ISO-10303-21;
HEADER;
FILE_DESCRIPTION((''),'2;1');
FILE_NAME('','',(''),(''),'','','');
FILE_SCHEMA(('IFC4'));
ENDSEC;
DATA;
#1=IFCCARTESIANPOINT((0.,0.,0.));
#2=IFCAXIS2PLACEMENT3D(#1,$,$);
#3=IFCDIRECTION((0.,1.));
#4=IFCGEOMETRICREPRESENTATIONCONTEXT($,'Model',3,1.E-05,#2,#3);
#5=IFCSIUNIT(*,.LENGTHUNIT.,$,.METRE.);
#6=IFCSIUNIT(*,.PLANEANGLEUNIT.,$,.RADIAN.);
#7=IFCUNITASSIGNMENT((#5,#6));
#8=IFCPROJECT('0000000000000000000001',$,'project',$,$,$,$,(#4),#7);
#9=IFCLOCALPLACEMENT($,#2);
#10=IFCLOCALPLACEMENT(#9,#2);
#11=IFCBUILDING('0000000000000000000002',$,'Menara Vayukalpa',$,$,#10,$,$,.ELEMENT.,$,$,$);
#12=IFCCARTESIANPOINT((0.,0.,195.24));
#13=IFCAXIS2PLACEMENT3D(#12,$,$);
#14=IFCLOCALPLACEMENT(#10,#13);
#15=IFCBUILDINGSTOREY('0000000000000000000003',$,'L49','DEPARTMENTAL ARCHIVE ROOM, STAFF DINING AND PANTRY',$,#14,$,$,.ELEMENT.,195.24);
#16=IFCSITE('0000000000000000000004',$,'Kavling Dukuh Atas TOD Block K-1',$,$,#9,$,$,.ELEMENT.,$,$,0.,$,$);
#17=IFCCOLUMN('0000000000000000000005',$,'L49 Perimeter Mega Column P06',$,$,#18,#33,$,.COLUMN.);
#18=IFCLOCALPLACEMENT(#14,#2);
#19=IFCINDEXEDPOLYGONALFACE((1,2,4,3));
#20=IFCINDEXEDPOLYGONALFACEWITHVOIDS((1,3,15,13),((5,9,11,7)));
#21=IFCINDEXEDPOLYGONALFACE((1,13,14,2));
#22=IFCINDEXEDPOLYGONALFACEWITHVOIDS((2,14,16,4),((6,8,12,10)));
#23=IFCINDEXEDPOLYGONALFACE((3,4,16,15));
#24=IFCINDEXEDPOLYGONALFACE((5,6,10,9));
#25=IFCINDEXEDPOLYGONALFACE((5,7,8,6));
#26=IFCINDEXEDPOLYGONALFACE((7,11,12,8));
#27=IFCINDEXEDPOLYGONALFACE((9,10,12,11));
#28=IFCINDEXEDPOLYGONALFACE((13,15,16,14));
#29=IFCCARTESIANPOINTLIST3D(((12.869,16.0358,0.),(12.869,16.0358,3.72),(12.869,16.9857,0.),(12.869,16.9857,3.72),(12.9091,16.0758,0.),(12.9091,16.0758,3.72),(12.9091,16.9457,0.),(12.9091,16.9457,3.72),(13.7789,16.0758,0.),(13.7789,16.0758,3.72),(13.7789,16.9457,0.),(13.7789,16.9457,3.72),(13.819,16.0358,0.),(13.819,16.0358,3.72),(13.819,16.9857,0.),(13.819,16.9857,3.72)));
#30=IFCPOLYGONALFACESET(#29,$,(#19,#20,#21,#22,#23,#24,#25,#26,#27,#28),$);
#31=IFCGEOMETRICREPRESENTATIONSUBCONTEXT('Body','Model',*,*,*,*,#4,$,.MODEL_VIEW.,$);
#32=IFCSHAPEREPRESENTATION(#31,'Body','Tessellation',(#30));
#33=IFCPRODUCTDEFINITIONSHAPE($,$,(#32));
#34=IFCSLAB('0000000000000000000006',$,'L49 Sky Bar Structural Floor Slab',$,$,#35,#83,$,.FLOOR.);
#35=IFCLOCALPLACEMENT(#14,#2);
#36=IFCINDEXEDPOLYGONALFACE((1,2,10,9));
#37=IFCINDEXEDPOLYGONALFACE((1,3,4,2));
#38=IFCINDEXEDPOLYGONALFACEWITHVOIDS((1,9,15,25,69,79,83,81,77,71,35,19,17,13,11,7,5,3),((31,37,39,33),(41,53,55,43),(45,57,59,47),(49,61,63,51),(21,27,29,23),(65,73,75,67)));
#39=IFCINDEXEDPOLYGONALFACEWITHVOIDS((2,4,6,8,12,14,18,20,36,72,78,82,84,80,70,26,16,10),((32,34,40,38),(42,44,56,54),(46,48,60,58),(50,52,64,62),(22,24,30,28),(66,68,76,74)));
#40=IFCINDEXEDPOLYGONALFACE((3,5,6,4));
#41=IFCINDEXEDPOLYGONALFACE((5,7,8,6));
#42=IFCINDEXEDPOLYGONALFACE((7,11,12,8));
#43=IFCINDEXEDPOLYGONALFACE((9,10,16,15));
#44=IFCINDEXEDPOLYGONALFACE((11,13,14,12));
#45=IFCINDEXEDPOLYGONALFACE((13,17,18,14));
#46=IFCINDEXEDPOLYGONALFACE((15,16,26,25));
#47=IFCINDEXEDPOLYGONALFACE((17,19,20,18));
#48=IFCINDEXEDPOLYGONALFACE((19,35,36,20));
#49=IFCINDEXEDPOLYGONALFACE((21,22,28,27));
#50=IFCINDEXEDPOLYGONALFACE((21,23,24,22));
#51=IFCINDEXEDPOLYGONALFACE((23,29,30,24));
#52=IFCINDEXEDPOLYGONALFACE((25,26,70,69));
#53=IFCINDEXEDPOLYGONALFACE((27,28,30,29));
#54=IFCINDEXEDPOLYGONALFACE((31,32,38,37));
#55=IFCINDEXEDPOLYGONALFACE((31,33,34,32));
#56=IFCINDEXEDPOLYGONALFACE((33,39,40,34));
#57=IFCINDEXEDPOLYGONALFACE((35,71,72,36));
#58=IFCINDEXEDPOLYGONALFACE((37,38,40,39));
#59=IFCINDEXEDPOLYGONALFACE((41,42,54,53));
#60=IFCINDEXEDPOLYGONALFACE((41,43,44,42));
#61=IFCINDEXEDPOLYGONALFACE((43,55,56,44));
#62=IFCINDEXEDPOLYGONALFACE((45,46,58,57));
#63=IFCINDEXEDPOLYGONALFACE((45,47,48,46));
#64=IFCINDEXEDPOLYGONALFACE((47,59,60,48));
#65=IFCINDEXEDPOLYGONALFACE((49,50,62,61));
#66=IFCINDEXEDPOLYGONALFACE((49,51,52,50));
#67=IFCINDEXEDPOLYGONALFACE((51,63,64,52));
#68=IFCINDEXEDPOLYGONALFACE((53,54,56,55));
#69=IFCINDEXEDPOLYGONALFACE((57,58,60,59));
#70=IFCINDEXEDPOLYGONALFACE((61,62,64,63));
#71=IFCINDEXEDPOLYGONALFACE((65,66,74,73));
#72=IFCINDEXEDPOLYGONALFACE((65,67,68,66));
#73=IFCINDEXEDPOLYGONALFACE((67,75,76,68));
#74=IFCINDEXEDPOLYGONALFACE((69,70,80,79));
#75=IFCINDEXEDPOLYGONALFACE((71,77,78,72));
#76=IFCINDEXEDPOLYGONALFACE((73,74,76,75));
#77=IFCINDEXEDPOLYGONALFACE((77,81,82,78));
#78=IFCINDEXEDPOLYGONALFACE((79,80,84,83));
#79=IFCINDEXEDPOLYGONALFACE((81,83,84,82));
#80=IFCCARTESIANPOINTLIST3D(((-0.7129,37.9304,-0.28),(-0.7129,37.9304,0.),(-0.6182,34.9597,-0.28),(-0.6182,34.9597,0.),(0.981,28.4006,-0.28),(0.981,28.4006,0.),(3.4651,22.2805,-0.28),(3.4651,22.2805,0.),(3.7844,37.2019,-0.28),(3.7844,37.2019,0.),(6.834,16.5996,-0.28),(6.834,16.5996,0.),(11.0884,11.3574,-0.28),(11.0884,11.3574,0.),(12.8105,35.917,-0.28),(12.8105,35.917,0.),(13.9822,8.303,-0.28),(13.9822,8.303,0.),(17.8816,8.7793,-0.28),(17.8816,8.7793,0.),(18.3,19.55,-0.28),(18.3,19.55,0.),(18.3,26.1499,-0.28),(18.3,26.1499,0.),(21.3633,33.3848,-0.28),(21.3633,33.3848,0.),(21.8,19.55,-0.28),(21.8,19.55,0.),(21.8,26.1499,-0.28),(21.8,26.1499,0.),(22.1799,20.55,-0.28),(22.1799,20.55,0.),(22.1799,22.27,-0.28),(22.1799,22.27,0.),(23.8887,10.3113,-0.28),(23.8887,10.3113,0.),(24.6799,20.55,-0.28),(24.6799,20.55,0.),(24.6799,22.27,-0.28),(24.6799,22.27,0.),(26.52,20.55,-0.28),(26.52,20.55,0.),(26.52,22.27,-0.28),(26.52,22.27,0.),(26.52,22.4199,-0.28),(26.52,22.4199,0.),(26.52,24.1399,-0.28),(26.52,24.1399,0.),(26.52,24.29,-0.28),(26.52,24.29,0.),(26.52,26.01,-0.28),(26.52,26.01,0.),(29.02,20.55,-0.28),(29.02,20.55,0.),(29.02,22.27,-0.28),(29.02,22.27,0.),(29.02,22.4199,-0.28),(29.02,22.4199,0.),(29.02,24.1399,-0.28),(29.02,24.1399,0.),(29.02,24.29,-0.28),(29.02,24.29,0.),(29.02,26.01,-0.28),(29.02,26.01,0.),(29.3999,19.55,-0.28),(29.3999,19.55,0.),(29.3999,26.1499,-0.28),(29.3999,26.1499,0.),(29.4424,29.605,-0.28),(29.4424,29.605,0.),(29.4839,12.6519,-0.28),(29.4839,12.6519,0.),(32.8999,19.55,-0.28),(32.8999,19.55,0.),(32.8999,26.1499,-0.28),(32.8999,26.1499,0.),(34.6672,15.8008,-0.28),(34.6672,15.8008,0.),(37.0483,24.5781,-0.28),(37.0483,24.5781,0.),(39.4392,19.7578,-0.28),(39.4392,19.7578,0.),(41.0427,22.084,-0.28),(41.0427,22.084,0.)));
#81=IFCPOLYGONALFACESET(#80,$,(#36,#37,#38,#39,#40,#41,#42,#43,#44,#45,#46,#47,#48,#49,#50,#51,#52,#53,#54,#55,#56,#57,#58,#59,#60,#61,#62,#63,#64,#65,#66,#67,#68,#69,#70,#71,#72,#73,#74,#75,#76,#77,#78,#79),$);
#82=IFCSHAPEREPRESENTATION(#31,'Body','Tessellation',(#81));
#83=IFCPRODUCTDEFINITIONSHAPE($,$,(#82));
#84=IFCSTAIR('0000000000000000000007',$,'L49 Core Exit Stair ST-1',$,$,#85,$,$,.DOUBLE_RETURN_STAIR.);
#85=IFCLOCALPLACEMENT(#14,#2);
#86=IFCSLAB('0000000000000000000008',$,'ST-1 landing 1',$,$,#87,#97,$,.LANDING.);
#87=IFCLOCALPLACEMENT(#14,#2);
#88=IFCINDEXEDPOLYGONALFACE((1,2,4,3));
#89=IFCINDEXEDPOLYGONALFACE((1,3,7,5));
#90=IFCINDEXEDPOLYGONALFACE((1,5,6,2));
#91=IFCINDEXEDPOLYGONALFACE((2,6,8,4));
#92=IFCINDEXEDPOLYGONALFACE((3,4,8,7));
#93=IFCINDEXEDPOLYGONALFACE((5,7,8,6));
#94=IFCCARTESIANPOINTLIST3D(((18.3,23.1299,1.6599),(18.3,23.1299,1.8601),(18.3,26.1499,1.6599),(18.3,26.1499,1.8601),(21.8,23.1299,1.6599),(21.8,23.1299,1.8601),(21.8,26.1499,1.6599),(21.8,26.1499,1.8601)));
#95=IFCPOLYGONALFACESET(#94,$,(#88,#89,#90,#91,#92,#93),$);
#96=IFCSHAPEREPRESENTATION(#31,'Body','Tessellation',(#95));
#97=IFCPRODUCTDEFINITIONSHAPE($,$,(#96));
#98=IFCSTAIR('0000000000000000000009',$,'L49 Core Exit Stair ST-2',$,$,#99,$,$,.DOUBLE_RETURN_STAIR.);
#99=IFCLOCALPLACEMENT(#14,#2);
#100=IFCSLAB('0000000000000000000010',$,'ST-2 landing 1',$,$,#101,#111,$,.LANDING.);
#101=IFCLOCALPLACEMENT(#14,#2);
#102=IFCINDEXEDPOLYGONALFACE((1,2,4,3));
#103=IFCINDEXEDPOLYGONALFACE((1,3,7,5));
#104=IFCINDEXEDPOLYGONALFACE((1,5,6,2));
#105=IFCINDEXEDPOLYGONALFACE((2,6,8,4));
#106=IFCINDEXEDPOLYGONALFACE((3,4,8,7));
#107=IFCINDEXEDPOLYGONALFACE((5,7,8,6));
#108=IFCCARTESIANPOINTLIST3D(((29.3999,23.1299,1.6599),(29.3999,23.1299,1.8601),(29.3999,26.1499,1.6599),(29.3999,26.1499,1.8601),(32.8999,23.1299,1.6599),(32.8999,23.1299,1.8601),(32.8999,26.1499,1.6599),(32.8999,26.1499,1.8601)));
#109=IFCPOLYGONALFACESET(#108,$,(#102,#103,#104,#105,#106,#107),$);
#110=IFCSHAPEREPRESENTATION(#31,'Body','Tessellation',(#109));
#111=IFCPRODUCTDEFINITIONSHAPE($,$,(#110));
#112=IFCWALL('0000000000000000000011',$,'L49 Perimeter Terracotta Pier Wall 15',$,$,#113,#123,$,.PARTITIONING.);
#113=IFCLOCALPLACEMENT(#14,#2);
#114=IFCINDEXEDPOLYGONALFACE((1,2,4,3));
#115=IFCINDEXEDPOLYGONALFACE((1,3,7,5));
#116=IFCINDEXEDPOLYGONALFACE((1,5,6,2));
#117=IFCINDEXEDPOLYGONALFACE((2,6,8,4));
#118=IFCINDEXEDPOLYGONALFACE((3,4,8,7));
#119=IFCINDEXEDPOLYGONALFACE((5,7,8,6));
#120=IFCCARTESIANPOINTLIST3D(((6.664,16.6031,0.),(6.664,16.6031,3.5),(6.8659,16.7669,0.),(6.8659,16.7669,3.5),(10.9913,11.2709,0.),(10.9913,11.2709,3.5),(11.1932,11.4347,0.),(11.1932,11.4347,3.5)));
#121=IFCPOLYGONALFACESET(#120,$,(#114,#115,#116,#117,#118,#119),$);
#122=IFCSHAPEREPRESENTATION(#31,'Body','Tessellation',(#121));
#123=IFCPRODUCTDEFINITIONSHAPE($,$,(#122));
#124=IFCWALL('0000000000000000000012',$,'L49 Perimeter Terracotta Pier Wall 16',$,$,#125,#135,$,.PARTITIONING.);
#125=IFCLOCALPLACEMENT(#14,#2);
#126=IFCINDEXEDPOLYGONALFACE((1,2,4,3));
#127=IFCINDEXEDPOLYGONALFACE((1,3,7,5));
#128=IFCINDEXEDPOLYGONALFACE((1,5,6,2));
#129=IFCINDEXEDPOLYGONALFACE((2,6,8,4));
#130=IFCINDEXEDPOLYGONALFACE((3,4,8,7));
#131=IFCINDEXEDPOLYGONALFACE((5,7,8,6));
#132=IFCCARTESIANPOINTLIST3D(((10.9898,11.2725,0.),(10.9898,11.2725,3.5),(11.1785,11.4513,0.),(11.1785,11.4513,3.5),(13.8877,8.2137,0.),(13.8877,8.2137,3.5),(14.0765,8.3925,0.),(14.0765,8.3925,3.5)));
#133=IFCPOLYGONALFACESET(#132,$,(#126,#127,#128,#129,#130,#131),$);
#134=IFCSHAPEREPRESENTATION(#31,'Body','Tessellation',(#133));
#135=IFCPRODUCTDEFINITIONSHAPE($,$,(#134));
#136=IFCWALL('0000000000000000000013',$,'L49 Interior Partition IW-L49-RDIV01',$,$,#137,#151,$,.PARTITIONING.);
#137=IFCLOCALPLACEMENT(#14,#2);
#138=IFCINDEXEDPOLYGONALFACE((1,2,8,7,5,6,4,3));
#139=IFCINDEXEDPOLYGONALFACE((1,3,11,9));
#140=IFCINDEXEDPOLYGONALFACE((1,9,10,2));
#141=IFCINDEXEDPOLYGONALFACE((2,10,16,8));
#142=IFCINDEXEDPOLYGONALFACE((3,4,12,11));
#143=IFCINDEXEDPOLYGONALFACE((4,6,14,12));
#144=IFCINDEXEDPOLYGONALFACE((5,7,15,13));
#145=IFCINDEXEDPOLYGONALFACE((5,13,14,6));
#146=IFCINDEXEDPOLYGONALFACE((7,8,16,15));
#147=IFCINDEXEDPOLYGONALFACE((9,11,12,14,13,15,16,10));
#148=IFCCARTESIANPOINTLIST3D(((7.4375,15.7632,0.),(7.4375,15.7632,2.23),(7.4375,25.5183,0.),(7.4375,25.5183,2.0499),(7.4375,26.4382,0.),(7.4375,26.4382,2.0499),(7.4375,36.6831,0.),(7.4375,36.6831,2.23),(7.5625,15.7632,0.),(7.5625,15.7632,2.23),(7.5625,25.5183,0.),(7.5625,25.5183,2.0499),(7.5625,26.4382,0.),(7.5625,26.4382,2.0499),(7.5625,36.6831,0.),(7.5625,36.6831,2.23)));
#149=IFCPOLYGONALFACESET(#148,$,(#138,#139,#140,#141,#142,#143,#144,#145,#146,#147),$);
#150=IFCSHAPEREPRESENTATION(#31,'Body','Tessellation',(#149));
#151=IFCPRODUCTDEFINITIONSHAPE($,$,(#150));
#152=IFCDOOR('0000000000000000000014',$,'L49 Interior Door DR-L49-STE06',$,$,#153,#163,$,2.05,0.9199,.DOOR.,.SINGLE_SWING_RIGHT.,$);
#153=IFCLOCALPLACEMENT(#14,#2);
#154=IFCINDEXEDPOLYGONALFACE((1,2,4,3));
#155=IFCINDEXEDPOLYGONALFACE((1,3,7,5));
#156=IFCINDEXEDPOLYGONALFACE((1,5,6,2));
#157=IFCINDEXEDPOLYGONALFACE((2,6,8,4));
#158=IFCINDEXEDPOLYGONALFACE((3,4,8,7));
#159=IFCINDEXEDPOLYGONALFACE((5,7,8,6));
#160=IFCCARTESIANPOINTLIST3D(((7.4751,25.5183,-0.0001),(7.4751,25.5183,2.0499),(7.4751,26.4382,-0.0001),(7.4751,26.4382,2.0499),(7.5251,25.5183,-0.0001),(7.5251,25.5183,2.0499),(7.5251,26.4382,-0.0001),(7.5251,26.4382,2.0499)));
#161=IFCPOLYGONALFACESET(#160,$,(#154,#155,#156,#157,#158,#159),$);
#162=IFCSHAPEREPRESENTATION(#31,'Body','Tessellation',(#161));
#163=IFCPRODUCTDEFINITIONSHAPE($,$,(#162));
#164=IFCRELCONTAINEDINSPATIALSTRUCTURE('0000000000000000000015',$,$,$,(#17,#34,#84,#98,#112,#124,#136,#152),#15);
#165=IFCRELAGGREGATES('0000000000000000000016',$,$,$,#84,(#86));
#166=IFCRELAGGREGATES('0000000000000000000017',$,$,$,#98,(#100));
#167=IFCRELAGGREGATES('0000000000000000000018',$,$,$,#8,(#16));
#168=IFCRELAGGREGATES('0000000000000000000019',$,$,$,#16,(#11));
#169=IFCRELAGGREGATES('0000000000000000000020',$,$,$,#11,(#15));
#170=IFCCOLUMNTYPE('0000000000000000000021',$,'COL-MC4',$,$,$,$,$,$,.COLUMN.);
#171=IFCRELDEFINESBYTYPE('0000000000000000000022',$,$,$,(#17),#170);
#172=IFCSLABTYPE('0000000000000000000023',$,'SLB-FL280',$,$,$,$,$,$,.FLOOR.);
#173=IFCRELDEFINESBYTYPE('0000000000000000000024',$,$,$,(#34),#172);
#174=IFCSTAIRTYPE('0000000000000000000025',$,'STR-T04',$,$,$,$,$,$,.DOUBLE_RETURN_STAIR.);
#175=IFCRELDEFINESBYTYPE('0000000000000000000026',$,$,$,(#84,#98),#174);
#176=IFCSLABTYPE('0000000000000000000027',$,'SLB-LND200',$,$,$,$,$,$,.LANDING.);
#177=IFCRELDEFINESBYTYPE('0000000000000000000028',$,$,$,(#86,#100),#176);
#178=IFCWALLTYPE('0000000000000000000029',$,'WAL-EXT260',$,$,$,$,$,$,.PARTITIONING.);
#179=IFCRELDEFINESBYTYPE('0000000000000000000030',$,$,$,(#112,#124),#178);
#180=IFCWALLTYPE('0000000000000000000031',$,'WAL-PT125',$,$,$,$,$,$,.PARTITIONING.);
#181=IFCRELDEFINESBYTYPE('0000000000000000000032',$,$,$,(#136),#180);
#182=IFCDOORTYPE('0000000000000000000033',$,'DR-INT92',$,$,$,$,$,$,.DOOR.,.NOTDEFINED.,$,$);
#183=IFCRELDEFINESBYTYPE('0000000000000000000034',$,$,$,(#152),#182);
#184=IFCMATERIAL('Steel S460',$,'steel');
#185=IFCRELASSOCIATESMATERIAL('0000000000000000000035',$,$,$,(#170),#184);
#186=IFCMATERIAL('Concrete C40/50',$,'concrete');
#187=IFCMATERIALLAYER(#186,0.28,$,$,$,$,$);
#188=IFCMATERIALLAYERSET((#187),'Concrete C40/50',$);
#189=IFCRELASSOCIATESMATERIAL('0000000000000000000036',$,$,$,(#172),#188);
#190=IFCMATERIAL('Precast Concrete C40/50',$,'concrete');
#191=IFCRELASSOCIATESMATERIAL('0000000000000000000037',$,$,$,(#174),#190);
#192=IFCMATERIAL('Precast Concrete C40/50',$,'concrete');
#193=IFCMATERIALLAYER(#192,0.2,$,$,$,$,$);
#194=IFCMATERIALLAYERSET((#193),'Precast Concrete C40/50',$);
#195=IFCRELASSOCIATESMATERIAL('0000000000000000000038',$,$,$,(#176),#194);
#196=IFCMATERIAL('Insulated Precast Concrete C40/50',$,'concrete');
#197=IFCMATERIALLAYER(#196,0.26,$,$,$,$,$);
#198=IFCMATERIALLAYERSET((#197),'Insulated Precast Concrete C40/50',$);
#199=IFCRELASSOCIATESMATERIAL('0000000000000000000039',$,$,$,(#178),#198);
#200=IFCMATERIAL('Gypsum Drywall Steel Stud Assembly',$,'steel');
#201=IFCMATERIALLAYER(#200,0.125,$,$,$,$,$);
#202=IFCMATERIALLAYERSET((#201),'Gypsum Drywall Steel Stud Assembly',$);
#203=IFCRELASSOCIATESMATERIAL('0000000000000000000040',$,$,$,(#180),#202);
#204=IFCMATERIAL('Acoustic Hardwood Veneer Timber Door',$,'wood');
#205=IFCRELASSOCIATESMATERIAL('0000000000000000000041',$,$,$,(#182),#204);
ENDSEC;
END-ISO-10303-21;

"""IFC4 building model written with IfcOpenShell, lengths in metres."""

from ifc_helpers import new_model, si_unit, direction, frame, frame_2d, origin, origin_2d, place, context, subcontext, project, spatial, polyline, rectangle, hollow_rectangle, outline, extrude, material, layer, layer_set, material_profile, profile_set, type_object, element, fill, aggregate, save


model = new_model("IFC4")

# Units and contexts
model_context = context("Model", 3, precision=1e-05, world=origin(), true_north=direction((0.0, 1.0)))
body_context = subcontext(model_context, "Body", "Model", "MODEL_VIEW")
ifc_project = project(units=[si_unit("LENGTHUNIT", "METRE"), si_unit("PLANEANGLEUNIT", "RADIAN")], contexts=[model_context])

# Site, building, storey
site_placement = place(None, origin())
site = spatial("IfcSite", under=ifc_project, at=site_placement, Name="Kavling Dukuh Atas TOD Block K-1", CompositionType="ELEMENT", RefElevation=0.0)
building_placement = place(site_placement, origin())
building = spatial("IfcBuilding", under=site, at=building_placement, Name="Menara Vayukalpa", CompositionType="ELEMENT")
storey_placement = place(building_placement, frame((0.0, 0.0, 195.24)))
storey = spatial("IfcBuildingStorey", under=building, at=storey_placement, Name="L49", Description="DEPARTMENTAL ARCHIVE ROOM, STAFF DINING AND PANTRY", CompositionType="ELEMENT", Elevation=195.24)

# Column
ifc_material_1 = material(Name="Steel S460", Category="steel")
ifc_material_profile = material_profile(ifc_material_1, hollow_rectangle(XDim=0.95, YDim=0.95, WallThickness=0.04, at=origin_2d()), Name="BOX 950x950x40")
ifc_profile_set = profile_set([ifc_material_profile], Name="Steel S460")
column_type = type_object("IfcColumnType", Name="COL-MC4", PredefinedType="COLUMN", material=ifc_profile_set)
column_placement = place(storey_placement, frame((13.344, 16.5107, 0.0), z_axis=(0.0, 0.0, 1.0), x_axis=(1.0, 0.0, 0.0)))
element("IfcColumn", 1, at=column_placement, inside=storey, type_object=column_type, Name="L49 Perimeter Mega Column P06", PredefinedType="COLUMN", context=body_context, shape_type="SweptSolid", body=[
    extrude(hollow_rectangle(XDim=0.95, YDim=0.95, WallThickness=0.04, at=origin_2d()), origin(), (0.0, 0.0, 1.0), 3.72),
])

# Slab
ifc_material_2 = material(Name="Concrete C40/50", Category="concrete")
ifc_layer_1 = layer(ifc_material_2, 0.28)
ifc_layer_set_1 = layer_set([ifc_layer_1], Name="Concrete C40/50")
slab_type_1 = type_object("IfcSlabType", Name="SLB-FL280", PredefinedType="FLOOR", material=ifc_layer_set_1)
slab_1_placement = place(storey_placement, frame((0.0, 0.0, -0.28)))
element("IfcSlab", 2, at=slab_1_placement, inside=storey, type_object=slab_type_1, Name="L49 Sky Bar Structural Floor Slab", PredefinedType="FLOOR", context=body_context, shape_type="SweptSolid", body=[
    extrude(outline(polyline([(39.4392, 19.7578), (41.0427, 22.084), (37.0483, 24.5781), (29.4424, 29.605), (21.3633, 33.3848), (12.8105, 35.917), (3.7844, 37.2019), (-0.7129, 37.9304), (-0.6182, 34.9597), (0.981, 28.4006), (3.4651, 22.2805), (6.834, 16.5996), (11.0884, 11.3574), (13.9822, 8.303), (17.8816, 8.7793), (23.8887, 10.3113), (29.4839, 12.6519), (34.6672, 15.8008), (39.4392, 19.7578)]), holes=[polyline([(21.8, 19.55), (21.8, 26.1499), (18.3, 26.1499), (18.3, 19.55), (21.8, 19.55)]), polyline([(32.8999, 19.55), (32.8999, 26.1499), (29.3999, 26.1499), (29.3999, 19.55), (32.8999, 19.55)]), polyline([(22.1799, 20.55), (24.6799, 20.55), (24.6799, 22.27), (22.1799, 22.27), (22.1799, 20.55)]), polyline([(26.52, 20.55), (29.02, 20.55), (29.02, 22.27), (26.52, 22.27), (26.52, 20.55)]), polyline([(26.52, 24.29), (29.02, 24.29), (29.02, 26.01), (26.52, 26.01), (26.52, 24.29)]), polyline([(26.52, 22.4199), (29.02, 22.4199), (29.02, 24.1399), (26.52, 24.1399), (26.52, 22.4199)])]), origin(), (0.0, 0.0, 1.0), 0.28),
])

# Stairs, slabs
ifc_material_3 = material(Name="Precast Concrete C40/50", Category="concrete")
stair_type = type_object("IfcStairType", Name="STR-T04", PredefinedType="DOUBLE_RETURN_STAIR", material=ifc_material_3)
stair_1_placement = place(storey_placement, origin())
stair_1 = element("IfcStair", 3, at=stair_1_placement, inside=storey, type_object=stair_type, Name="L49 Core Exit Stair ST-1", PredefinedType="DOUBLE_RETURN_STAIR")
ifc_material_4 = material(Name="Precast Concrete C40/50", Category="concrete")
ifc_layer_2 = layer(ifc_material_4, 0.2)
ifc_layer_set_2 = layer_set([ifc_layer_2], Name="Precast Concrete C40/50")
slab_type_2 = type_object("IfcSlabType", Name="SLB-LND200", PredefinedType="LANDING", material=ifc_layer_set_2)
slab_2_placement = place(storey_placement, frame((0.0, 0.0, 1.6599)))
slab_2 = element("IfcSlab", 4, at=slab_2_placement, type_object=slab_type_2, Name="ST-1 landing 1", PredefinedType="LANDING", context=body_context, shape_type="SweptSolid", body=[
    extrude(outline(polyline([(21.8, 23.1299), (21.8, 26.1499), (18.3, 26.1499), (18.3, 23.1299), (21.8, 23.1299)])), origin(), (0.0, 0.0, 1.0), 0.2002),
])
aggregate(stair_1, [slab_2])
stair_2_placement = place(storey_placement, origin())
stair_2 = element("IfcStair", 5, at=stair_2_placement, inside=storey, type_object=stair_type, Name="L49 Core Exit Stair ST-2", PredefinedType="DOUBLE_RETURN_STAIR")
slab_3_placement = place(storey_placement, frame((0.0, 0.0, 1.6599)))
slab_3 = element("IfcSlab", 6, at=slab_3_placement, type_object=slab_type_2, Name="ST-2 landing 1", PredefinedType="LANDING", context=body_context, shape_type="SweptSolid", body=[
    extrude(outline(polyline([(32.8999, 23.1299), (32.8999, 26.1499), (29.3999, 26.1499), (29.3999, 23.1299), (32.8999, 23.1299)])), origin(), (0.0, 0.0, 1.0), 0.2002),
])
aggregate(stair_2, [slab_3])

# Walls
ifc_material_5 = material(Name="Insulated Precast Concrete C40/50", Category="concrete")
ifc_layer_3 = layer(ifc_material_5, 0.26)
ifc_layer_set_3 = layer_set([ifc_layer_3], Name="Insulated Precast Concrete C40/50")
wall_type_1 = type_object("IfcWallType", Name="WAL-EXT260", PredefinedType="PARTITIONING", material=ifc_layer_set_3)
wall_1_placement = place(storey_placement, frame((11.0923, 11.3528, 0.0), z_axis=(0.0, 0.0, 1.0), x_axis=(-0.630147, 0.776476, 0.0)))
element("IfcWall", 7, at=wall_1_placement, inside=storey, type_object=wall_type_1, Name="L49 Perimeter Terracotta Pier Wall 15", PredefinedType="PARTITIONING", context=body_context, shape_type="SweptSolid", body=[
    extrude(rectangle(XDim=6.8672, YDim=0.26, at=frame_2d((3.4336, 0.0))), origin(), (0.0, 0.0, 1.0), 3.5),
])
wall_2_placement = place(storey_placement, frame((13.9822, 8.303, 0.0), z_axis=(0.0, 0.0, 1.0), x_axis=(-0.687758, 0.725941, 0.0)))
element("IfcWall", 8, at=wall_2_placement, inside=storey, type_object=wall_type_1, Name="L49 Perimeter Terracotta Pier Wall 16", PredefinedType="PARTITIONING", context=body_context, shape_type="SweptSolid", body=[
    extrude(rectangle(XDim=4.2136, YDim=0.26, at=frame_2d((2.1069, 0.0))), origin(), (0.0, 0.0, 1.0), 3.5),
])

# Wall, opening, door
ifc_material_6 = material(Name="Gypsum Drywall Steel Stud Assembly", Category="steel")
ifc_layer_4 = layer(ifc_material_6, 0.125)
ifc_layer_set_4 = layer_set([ifc_layer_4], Name="Gypsum Drywall Steel Stud Assembly")
wall_type_2 = type_object("IfcWallType", Name="WAL-PT125", PredefinedType="PARTITIONING", material=ifc_layer_set_4)
wall_3_placement = place(storey_placement, frame((7.5, 15.7632, 0.0), z_axis=(0.0, 0.0, 1.0), x_axis=(0.0, 1.0, 0.0)))
wall_3 = element("IfcWall", 9, at=wall_3_placement, inside=storey, type_object=wall_type_2, Name="L49 Interior Partition IW-L49-RDIV01", PredefinedType="PARTITIONING", context=body_context, shape_type="SweptSolid", body=[
    extrude(rectangle(XDim=20.9199, YDim=0.125, at=frame_2d((10.46, 0.0))), origin(), (0.0, 0.0, 1.0), 2.23),
])
opening_placement = place(wall_3_placement, frame((9.7551, 0.0, 0.0)))
opening = element("IfcOpeningElement", 10, at=opening_placement, cuts=wall_3, PredefinedType="OPENING", context=body_context, shape_type="SweptSolid", body=[
    extrude(rectangle(XDim=0.9199, YDim=2.05, at=frame_2d((0.46, 1.0249))), frame((0.0, 0.0725, 0.0), z_axis=(0.0, -1.0, 0.0), x_axis=(1.0, 0.0, 0.0)), (0.0, 0.0, 1.0), 0.145),
])
ifc_material_7 = material(Name="Acoustic Hardwood Veneer Timber Door", Category="wood")
door_type = type_object("IfcDoorType", Name="DR-INT92", OperationType="NOTDEFINED", PredefinedType="DOOR", material=ifc_material_7)
door_placement = place(opening_placement, origin())
door = element("IfcDoor", 11, at=door_placement, inside=storey, type_object=door_type, Name="L49 Interior Door DR-L49-STE06", OperationType="SINGLE_SWING_RIGHT", OverallHeight=2.05, OverallWidth=0.9199, PredefinedType="DOOR", context=body_context, shape_type="SweptSolid", body=[
    extrude(rectangle(XDim=0.9199, YDim=2.05, at=frame_2d((0.46, 1.0249))), frame((0.0, 0.0249, 0.0), z_axis=(0.0, -1.0, 0.0), x_axis=(1.0, 0.0, 0.0)), (0.0, 0.0, 1.0), 0.05),
])
fill(opening, door)

save(model, "model.ifc")
